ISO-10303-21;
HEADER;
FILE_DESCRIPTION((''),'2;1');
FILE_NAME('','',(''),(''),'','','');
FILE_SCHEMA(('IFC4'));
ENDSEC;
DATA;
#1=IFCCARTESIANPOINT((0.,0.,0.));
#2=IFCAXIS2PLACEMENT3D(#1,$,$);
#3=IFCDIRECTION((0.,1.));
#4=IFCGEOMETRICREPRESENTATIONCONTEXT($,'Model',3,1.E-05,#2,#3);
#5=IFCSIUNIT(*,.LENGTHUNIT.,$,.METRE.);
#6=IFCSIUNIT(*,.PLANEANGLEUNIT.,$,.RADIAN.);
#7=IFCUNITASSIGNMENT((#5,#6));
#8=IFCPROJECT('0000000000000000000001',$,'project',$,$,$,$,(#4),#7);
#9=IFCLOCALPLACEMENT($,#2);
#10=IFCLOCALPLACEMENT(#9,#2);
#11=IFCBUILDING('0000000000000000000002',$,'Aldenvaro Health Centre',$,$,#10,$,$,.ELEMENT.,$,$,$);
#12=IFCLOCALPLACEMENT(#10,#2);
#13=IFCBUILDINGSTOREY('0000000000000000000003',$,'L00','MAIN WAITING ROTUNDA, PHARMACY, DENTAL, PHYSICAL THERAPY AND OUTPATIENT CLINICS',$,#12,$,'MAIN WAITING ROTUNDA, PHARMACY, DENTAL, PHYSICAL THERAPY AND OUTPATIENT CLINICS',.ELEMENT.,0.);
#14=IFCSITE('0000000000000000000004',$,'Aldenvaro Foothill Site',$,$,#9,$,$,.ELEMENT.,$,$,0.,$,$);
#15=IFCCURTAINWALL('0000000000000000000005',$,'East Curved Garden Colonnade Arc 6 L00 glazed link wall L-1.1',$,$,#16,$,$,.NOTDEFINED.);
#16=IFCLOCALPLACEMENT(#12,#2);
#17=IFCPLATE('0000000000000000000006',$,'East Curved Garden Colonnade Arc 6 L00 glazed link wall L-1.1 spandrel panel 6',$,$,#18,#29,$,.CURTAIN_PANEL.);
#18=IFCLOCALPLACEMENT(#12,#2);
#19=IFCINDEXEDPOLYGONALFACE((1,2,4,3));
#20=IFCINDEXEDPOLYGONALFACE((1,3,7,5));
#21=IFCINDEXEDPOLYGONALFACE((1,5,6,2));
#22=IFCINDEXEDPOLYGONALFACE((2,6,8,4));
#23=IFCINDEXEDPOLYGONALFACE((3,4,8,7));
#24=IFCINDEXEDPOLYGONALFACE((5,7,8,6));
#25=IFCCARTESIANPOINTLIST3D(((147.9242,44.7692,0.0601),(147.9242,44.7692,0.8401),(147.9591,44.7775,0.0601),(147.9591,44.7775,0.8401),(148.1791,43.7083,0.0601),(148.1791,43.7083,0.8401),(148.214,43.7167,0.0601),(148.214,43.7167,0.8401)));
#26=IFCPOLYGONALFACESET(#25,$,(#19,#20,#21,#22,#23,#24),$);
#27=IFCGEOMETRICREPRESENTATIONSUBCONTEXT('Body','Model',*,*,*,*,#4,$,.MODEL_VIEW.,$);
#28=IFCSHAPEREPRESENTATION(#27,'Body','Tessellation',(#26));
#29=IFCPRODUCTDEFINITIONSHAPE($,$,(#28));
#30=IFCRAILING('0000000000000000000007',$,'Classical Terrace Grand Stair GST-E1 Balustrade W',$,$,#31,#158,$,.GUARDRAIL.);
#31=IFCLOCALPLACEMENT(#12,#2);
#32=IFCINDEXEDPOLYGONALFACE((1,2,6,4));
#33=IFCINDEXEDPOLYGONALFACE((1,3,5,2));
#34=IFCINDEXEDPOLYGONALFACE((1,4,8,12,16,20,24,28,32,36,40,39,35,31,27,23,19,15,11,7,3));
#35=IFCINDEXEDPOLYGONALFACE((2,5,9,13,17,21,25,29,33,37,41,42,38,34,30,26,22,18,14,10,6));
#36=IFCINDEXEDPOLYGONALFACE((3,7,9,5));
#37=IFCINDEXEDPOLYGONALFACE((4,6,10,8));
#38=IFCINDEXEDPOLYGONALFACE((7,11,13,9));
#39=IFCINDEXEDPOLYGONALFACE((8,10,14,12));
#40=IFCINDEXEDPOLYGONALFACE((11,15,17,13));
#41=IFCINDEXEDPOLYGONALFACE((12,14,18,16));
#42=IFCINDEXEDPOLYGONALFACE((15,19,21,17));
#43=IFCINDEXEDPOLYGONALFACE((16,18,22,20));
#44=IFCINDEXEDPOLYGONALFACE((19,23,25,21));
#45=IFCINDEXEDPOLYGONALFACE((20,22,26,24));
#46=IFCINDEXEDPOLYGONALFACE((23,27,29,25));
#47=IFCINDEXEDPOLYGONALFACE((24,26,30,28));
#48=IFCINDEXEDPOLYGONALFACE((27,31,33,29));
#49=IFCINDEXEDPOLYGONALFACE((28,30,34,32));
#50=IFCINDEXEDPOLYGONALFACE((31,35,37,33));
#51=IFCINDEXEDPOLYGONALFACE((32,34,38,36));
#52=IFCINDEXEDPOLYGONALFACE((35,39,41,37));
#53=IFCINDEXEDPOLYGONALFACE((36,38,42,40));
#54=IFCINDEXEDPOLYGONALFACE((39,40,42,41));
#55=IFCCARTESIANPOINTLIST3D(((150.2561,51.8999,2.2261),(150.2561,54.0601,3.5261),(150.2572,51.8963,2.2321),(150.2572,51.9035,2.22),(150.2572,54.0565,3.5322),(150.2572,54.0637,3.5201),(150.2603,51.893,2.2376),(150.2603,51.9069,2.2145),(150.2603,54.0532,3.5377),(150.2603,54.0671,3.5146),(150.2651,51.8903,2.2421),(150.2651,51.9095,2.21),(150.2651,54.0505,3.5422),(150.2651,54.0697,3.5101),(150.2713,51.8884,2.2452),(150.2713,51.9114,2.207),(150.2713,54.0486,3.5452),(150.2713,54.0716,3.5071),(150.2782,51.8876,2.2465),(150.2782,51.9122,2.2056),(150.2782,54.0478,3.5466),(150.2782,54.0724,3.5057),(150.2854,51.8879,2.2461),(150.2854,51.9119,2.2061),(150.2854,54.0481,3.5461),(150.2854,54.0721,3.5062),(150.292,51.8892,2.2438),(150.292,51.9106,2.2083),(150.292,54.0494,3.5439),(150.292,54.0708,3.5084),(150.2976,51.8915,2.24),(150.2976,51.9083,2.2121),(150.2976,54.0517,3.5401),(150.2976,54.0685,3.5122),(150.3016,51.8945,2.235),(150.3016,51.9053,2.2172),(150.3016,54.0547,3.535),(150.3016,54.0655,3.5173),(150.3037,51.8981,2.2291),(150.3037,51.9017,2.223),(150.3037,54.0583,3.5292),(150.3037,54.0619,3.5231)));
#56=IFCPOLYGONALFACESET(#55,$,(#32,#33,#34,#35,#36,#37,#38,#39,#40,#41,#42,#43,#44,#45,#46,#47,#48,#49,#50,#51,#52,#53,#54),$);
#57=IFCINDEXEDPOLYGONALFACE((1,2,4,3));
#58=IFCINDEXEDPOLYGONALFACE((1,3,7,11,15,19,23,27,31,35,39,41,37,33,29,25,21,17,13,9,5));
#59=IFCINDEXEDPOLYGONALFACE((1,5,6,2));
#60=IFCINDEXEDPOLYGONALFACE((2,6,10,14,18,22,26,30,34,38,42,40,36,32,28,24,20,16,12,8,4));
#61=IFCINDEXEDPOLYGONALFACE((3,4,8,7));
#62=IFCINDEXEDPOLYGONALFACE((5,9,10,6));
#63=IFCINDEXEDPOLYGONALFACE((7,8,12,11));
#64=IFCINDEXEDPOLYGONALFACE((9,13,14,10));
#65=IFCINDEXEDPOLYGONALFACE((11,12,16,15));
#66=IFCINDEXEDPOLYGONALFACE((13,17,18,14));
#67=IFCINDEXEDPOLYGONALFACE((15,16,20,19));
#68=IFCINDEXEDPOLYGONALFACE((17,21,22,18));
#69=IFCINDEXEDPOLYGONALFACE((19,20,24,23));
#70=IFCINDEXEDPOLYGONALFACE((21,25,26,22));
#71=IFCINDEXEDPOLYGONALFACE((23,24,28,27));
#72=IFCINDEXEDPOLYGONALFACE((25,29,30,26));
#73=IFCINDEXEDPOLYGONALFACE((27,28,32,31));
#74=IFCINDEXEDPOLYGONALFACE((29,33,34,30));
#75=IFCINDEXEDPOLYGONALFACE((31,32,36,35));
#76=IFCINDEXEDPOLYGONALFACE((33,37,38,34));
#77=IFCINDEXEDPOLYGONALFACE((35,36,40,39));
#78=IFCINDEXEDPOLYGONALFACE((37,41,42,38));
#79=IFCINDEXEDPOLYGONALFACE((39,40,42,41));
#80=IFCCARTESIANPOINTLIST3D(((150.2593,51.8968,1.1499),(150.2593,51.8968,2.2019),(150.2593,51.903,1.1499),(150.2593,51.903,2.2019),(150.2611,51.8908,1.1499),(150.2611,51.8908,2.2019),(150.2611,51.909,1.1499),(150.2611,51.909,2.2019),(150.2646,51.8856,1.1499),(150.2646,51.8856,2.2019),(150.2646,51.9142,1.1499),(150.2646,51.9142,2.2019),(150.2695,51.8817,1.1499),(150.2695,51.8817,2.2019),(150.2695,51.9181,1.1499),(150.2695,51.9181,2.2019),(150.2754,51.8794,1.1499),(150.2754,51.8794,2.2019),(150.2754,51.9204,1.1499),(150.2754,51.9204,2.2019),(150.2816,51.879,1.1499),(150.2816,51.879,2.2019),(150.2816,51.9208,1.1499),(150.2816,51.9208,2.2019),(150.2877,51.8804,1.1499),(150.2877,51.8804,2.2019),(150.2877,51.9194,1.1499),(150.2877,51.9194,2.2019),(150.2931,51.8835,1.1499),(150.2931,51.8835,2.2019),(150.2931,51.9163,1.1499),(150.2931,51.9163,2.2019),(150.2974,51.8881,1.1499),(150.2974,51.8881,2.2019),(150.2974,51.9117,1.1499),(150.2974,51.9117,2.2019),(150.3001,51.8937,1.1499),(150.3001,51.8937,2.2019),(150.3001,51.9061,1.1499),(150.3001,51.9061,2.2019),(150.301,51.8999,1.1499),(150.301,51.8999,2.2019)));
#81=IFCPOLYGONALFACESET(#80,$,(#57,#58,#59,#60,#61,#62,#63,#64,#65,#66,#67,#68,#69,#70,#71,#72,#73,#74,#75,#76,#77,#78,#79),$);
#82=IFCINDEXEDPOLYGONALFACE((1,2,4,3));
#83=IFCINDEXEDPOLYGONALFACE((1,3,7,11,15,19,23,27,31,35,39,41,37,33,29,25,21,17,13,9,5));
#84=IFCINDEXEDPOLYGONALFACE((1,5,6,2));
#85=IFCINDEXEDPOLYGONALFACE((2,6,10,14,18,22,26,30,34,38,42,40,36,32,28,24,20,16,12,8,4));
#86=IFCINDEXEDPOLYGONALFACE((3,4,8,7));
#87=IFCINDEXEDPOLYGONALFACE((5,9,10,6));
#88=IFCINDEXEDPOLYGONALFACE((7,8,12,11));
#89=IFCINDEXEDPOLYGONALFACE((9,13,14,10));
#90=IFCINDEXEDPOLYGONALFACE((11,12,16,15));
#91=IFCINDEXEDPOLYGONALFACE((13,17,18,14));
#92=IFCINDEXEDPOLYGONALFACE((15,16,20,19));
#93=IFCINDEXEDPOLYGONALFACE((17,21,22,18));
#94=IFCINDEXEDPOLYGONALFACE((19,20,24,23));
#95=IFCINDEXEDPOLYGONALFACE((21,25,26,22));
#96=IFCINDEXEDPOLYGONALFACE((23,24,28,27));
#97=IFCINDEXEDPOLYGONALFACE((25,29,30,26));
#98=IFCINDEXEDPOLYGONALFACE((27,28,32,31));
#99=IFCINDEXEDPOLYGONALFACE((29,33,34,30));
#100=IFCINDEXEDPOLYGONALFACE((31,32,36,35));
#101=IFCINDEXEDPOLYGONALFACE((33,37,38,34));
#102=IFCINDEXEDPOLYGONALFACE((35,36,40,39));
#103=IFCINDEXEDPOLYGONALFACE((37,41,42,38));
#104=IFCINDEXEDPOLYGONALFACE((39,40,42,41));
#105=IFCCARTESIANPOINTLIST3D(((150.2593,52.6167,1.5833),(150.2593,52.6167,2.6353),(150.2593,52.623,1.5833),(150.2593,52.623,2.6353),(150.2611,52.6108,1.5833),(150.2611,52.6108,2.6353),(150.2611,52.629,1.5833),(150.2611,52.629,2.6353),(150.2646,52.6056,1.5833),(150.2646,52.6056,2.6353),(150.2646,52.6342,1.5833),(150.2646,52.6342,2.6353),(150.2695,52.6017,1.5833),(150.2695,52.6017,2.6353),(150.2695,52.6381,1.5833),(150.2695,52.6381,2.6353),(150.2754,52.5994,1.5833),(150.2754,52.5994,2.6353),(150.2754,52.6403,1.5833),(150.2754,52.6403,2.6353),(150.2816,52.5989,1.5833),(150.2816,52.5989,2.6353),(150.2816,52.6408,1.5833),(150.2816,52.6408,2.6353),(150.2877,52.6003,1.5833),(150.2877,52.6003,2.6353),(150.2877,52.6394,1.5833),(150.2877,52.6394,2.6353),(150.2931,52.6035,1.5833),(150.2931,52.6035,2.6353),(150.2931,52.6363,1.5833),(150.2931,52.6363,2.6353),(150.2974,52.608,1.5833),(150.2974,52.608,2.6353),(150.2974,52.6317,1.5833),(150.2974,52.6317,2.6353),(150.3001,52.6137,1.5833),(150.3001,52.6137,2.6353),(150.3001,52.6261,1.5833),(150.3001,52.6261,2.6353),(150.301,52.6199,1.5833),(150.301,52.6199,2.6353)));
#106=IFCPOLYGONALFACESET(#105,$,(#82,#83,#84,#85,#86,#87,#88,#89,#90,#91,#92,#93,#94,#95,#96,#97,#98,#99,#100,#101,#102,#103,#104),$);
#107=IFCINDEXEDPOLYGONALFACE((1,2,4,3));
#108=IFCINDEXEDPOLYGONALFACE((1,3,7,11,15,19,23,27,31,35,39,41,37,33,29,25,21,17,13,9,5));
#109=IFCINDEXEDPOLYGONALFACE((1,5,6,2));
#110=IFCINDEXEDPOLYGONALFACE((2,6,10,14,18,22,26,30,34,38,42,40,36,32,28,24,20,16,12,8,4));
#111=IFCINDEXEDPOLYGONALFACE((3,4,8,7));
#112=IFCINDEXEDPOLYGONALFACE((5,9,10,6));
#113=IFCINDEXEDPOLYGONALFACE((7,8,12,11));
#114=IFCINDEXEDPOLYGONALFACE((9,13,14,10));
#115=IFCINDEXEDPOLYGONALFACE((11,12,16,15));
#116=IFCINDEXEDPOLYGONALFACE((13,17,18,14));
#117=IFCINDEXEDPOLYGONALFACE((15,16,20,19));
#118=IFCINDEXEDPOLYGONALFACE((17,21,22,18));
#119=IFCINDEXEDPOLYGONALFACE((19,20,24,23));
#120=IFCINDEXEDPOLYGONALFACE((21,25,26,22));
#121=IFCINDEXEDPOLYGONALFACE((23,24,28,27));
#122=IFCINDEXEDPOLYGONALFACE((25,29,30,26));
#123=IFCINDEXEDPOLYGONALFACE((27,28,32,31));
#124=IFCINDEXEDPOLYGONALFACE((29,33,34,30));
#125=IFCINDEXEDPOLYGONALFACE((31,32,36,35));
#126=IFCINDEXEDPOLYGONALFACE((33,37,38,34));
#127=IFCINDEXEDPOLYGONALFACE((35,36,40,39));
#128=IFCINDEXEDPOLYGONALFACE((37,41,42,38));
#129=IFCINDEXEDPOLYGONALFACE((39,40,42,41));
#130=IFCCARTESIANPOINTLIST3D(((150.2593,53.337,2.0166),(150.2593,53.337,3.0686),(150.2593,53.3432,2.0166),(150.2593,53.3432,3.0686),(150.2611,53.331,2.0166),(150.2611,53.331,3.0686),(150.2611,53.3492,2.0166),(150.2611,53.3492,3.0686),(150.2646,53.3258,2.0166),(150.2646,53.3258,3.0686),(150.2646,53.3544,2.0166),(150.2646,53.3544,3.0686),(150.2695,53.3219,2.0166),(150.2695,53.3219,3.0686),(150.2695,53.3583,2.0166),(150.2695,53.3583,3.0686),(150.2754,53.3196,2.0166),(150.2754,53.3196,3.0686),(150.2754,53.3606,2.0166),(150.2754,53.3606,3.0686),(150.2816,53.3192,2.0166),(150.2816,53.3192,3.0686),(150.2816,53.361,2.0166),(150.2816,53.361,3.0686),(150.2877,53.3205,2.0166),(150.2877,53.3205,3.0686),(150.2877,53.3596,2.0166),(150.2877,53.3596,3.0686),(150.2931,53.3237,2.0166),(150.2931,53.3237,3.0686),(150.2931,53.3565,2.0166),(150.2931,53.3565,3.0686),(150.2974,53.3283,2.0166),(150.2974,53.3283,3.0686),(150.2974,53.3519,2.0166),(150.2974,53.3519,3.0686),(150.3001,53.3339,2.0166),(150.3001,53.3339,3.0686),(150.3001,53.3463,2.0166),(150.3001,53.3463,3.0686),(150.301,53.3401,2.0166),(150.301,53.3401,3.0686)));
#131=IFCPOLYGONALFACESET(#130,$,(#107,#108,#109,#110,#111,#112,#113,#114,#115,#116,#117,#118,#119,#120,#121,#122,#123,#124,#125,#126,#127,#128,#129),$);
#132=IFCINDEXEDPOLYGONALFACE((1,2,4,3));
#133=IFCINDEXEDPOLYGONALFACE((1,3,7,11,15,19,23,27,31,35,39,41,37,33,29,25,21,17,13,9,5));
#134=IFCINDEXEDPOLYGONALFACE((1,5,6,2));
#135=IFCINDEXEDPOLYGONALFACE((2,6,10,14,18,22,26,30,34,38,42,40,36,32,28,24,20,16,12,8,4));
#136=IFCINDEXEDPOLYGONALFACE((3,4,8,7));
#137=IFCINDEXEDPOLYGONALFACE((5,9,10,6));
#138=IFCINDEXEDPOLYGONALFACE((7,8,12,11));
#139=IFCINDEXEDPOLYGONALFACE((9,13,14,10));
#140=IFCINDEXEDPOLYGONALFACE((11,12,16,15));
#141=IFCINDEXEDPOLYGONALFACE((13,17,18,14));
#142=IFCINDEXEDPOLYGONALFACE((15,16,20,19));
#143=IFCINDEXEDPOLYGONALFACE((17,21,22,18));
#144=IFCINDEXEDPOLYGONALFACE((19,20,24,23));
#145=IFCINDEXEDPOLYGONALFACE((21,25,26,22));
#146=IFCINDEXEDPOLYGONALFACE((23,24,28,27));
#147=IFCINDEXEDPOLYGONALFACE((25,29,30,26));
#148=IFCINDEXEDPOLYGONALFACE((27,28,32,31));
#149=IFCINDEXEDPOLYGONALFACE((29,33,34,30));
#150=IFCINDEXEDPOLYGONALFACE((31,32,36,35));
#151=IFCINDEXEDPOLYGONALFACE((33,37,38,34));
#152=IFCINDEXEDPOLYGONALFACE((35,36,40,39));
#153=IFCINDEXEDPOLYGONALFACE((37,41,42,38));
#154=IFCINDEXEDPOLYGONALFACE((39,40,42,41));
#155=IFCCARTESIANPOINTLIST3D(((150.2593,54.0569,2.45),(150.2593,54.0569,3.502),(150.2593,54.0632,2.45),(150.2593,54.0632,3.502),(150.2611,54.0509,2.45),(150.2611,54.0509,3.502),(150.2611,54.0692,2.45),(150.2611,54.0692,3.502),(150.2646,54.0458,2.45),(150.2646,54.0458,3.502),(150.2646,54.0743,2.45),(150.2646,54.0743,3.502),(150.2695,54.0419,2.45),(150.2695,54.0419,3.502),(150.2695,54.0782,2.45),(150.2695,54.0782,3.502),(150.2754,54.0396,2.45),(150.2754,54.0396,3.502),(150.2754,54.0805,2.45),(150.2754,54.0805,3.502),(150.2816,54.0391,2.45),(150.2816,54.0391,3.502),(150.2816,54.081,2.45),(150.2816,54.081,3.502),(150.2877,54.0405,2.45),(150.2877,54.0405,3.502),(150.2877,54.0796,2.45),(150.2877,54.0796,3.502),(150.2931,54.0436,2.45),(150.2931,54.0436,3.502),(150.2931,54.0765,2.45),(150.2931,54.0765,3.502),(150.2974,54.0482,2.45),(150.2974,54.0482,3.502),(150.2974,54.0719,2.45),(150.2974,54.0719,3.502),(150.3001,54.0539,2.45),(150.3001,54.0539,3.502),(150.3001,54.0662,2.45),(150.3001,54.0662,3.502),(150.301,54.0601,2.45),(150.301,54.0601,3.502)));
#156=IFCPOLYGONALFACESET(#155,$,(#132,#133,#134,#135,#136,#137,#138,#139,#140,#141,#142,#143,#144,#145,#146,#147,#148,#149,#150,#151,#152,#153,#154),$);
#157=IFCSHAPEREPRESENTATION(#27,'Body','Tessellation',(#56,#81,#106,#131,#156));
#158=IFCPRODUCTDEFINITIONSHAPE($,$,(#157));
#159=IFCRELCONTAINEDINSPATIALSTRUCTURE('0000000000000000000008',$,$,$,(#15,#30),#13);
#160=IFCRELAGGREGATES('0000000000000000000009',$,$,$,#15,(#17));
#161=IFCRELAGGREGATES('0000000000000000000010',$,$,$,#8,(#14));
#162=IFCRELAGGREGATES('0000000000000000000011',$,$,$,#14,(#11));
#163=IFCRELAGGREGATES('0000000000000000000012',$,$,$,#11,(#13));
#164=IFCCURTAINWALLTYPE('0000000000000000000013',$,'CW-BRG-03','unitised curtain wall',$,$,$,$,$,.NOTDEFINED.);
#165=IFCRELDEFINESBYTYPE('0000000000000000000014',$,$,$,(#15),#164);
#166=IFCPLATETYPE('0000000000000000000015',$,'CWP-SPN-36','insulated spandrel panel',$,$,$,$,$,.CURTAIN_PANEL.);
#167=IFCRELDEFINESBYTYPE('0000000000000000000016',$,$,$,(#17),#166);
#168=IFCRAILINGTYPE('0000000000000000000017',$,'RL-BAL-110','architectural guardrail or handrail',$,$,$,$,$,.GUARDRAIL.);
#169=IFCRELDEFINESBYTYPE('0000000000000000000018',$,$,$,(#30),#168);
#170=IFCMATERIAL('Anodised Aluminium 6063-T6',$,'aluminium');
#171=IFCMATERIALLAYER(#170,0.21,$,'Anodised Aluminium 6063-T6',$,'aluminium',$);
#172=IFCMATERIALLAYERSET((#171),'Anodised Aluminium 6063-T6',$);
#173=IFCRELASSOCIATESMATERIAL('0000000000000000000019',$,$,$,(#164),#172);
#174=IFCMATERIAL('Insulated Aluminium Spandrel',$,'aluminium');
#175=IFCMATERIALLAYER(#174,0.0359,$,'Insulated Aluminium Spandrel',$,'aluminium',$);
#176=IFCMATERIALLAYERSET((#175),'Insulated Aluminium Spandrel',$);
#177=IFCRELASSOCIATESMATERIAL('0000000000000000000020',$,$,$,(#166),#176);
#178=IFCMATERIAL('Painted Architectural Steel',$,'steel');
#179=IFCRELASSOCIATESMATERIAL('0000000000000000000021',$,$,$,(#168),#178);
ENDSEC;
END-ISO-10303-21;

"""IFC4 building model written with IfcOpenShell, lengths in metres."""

from ifc_helpers import new_model, si_unit, direction, frame, origin, origin_2d, place, context, subcontext, project, spatial, rectangle, circle, extrude, material, layer, layer_set, type_object, element, aggregate, save


model = new_model("IFC4")

# Units and contexts
model_context = context("Model", 3, precision=1e-05, world=origin(), true_north=direction((0.0, 1.0)))
body_context = subcontext(model_context, "Body", "Model", "MODEL_VIEW")
ifc_project = project(units=[si_unit("LENGTHUNIT", "METRE"), si_unit("PLANEANGLEUNIT", "RADIAN")], contexts=[model_context])

# Site, building, storey
site_placement = place(None, origin())
site = spatial("IfcSite", under=ifc_project, at=site_placement, Name="Aldenvaro Foothill Site", CompositionType="ELEMENT", RefElevation=0.0)
building_placement = place(site_placement, origin())
building = spatial("IfcBuilding", under=site, at=building_placement, Name="Aldenvaro Health Centre", CompositionType="ELEMENT")
storey_placement = place(building_placement, origin())
storey = spatial("IfcBuildingStorey", under=building, at=storey_placement, Name="L00", Description="MAIN WAITING ROTUNDA, PHARMACY, DENTAL, PHYSICAL THERAPY AND OUTPATIENT CLINICS", LongName="MAIN WAITING ROTUNDA, PHARMACY, DENTAL, PHYSICAL THERAPY AND OUTPATIENT CLINICS", CompositionType="ELEMENT", Elevation=0.0)

# Curtain wall
ifc_material_1 = material(Name="Anodised Aluminium 6063-T6", Category="aluminium")
ifc_layer_1 = layer(ifc_material_1, 0.21, Name="Anodised Aluminium 6063-T6", Category="aluminium")
ifc_layer_set_1 = layer_set([ifc_layer_1], Name="Anodised Aluminium 6063-T6")
curtain_wall_type = type_object("IfcCurtainWallType", Name="CW-BRG-03", Description="unitised curtain wall", PredefinedType="NOTDEFINED", material=ifc_layer_set_1)
curtain_wall_1_placement = place(storey_placement, origin())
curtain_wall_1 = element("IfcCurtainWall", 1, at=curtain_wall_1_placement, inside=storey, type_object=curtain_wall_type, Name="East Curved Garden Colonnade Arc 6 L00 glazed link wall L-1.1", PredefinedType="NOTDEFINED")

# Plate
ifc_material_2 = material(Name="Insulated Aluminium Spandrel", Category="aluminium")
ifc_layer_2 = layer(ifc_material_2, 0.0359, Name="Insulated Aluminium Spandrel", Category="aluminium")
ifc_layer_set_2 = layer_set([ifc_layer_2], Name="Insulated Aluminium Spandrel")
plate_type_1 = type_object("IfcPlateType", Name="CWP-SPN-36", Description="insulated spandrel panel", PredefinedType="CURTAIN_PANEL", material=ifc_layer_set_2)
plate_1_placement = place(storey_placement, frame((148.0691, 44.2429, 0.0601), z_axis=(0.0, 0.0, 1.0), x_axis=(0.233644, -0.972322, 0.0)))
plate_1 = element("IfcPlate", 2, at=plate_1_placement, type_object=plate_type_1, Name="East Curved Garden Colonnade Arc 6 L00 glazed link wall L-1.1 spandrel panel 6", PredefinedType="CURTAIN_PANEL", context=body_context, shape_type="SweptSolid", body=[
    extrude(rectangle(XDim=1.0911, YDim=0.0359, at=origin_2d()), origin(), (0.0, 0.0, 1.0), 0.78),
])
aggregate(curtain_wall_1, [plate_1])

# Railing
ifc_material_3 = material(Name="Painted Architectural Steel", Category="steel")
railing_type = type_object("IfcRailingType", Name="RL-BAL-110", Description="architectural guardrail or handrail", PredefinedType="GUARDRAIL", material=ifc_material_3)
for number, where, name in (
    (3, (150.28, 51.8999, 1.1499), "Classical Terrace Grand Stair GST-E1 Balustrade W"),
):
    element("IfcRailing", number, at=place(storey_placement, frame(where)), inside=storey, type_object=railing_type, Name=name, PredefinedType="GUARDRAIL", context=body_context, shape_type="SweptSolid", body=[
        extrude(circle(Radius=0.0239, at=origin_2d()), frame((0.0, 0.0, 1.0762), z_axis=(0.0, 0.8568, 0.515649), x_axis=(-1.0, 0.0, 0.0)), (0.0, 0.0, 1.0), 2.5212),
        extrude(circle(Radius=0.021, at=origin_2d()), origin(), (0.0, 0.0, 1.0), 1.052),
        extrude(circle(Radius=0.021, at=origin_2d()), frame((0.0, 0.72, 0.4333)), (0.0, 0.0, 1.0), 1.052),
        extrude(circle(Radius=0.021, at=origin_2d()), frame((0.0, 1.4402, 0.8667)), (0.0, 0.0, 1.0), 1.052),
        extrude(circle(Radius=0.021, at=origin_2d()), frame((0.0, 2.1602, 1.3)), (0.0, 0.0, 1.0), 1.052),
    ])

save(model, "model.ifc")
